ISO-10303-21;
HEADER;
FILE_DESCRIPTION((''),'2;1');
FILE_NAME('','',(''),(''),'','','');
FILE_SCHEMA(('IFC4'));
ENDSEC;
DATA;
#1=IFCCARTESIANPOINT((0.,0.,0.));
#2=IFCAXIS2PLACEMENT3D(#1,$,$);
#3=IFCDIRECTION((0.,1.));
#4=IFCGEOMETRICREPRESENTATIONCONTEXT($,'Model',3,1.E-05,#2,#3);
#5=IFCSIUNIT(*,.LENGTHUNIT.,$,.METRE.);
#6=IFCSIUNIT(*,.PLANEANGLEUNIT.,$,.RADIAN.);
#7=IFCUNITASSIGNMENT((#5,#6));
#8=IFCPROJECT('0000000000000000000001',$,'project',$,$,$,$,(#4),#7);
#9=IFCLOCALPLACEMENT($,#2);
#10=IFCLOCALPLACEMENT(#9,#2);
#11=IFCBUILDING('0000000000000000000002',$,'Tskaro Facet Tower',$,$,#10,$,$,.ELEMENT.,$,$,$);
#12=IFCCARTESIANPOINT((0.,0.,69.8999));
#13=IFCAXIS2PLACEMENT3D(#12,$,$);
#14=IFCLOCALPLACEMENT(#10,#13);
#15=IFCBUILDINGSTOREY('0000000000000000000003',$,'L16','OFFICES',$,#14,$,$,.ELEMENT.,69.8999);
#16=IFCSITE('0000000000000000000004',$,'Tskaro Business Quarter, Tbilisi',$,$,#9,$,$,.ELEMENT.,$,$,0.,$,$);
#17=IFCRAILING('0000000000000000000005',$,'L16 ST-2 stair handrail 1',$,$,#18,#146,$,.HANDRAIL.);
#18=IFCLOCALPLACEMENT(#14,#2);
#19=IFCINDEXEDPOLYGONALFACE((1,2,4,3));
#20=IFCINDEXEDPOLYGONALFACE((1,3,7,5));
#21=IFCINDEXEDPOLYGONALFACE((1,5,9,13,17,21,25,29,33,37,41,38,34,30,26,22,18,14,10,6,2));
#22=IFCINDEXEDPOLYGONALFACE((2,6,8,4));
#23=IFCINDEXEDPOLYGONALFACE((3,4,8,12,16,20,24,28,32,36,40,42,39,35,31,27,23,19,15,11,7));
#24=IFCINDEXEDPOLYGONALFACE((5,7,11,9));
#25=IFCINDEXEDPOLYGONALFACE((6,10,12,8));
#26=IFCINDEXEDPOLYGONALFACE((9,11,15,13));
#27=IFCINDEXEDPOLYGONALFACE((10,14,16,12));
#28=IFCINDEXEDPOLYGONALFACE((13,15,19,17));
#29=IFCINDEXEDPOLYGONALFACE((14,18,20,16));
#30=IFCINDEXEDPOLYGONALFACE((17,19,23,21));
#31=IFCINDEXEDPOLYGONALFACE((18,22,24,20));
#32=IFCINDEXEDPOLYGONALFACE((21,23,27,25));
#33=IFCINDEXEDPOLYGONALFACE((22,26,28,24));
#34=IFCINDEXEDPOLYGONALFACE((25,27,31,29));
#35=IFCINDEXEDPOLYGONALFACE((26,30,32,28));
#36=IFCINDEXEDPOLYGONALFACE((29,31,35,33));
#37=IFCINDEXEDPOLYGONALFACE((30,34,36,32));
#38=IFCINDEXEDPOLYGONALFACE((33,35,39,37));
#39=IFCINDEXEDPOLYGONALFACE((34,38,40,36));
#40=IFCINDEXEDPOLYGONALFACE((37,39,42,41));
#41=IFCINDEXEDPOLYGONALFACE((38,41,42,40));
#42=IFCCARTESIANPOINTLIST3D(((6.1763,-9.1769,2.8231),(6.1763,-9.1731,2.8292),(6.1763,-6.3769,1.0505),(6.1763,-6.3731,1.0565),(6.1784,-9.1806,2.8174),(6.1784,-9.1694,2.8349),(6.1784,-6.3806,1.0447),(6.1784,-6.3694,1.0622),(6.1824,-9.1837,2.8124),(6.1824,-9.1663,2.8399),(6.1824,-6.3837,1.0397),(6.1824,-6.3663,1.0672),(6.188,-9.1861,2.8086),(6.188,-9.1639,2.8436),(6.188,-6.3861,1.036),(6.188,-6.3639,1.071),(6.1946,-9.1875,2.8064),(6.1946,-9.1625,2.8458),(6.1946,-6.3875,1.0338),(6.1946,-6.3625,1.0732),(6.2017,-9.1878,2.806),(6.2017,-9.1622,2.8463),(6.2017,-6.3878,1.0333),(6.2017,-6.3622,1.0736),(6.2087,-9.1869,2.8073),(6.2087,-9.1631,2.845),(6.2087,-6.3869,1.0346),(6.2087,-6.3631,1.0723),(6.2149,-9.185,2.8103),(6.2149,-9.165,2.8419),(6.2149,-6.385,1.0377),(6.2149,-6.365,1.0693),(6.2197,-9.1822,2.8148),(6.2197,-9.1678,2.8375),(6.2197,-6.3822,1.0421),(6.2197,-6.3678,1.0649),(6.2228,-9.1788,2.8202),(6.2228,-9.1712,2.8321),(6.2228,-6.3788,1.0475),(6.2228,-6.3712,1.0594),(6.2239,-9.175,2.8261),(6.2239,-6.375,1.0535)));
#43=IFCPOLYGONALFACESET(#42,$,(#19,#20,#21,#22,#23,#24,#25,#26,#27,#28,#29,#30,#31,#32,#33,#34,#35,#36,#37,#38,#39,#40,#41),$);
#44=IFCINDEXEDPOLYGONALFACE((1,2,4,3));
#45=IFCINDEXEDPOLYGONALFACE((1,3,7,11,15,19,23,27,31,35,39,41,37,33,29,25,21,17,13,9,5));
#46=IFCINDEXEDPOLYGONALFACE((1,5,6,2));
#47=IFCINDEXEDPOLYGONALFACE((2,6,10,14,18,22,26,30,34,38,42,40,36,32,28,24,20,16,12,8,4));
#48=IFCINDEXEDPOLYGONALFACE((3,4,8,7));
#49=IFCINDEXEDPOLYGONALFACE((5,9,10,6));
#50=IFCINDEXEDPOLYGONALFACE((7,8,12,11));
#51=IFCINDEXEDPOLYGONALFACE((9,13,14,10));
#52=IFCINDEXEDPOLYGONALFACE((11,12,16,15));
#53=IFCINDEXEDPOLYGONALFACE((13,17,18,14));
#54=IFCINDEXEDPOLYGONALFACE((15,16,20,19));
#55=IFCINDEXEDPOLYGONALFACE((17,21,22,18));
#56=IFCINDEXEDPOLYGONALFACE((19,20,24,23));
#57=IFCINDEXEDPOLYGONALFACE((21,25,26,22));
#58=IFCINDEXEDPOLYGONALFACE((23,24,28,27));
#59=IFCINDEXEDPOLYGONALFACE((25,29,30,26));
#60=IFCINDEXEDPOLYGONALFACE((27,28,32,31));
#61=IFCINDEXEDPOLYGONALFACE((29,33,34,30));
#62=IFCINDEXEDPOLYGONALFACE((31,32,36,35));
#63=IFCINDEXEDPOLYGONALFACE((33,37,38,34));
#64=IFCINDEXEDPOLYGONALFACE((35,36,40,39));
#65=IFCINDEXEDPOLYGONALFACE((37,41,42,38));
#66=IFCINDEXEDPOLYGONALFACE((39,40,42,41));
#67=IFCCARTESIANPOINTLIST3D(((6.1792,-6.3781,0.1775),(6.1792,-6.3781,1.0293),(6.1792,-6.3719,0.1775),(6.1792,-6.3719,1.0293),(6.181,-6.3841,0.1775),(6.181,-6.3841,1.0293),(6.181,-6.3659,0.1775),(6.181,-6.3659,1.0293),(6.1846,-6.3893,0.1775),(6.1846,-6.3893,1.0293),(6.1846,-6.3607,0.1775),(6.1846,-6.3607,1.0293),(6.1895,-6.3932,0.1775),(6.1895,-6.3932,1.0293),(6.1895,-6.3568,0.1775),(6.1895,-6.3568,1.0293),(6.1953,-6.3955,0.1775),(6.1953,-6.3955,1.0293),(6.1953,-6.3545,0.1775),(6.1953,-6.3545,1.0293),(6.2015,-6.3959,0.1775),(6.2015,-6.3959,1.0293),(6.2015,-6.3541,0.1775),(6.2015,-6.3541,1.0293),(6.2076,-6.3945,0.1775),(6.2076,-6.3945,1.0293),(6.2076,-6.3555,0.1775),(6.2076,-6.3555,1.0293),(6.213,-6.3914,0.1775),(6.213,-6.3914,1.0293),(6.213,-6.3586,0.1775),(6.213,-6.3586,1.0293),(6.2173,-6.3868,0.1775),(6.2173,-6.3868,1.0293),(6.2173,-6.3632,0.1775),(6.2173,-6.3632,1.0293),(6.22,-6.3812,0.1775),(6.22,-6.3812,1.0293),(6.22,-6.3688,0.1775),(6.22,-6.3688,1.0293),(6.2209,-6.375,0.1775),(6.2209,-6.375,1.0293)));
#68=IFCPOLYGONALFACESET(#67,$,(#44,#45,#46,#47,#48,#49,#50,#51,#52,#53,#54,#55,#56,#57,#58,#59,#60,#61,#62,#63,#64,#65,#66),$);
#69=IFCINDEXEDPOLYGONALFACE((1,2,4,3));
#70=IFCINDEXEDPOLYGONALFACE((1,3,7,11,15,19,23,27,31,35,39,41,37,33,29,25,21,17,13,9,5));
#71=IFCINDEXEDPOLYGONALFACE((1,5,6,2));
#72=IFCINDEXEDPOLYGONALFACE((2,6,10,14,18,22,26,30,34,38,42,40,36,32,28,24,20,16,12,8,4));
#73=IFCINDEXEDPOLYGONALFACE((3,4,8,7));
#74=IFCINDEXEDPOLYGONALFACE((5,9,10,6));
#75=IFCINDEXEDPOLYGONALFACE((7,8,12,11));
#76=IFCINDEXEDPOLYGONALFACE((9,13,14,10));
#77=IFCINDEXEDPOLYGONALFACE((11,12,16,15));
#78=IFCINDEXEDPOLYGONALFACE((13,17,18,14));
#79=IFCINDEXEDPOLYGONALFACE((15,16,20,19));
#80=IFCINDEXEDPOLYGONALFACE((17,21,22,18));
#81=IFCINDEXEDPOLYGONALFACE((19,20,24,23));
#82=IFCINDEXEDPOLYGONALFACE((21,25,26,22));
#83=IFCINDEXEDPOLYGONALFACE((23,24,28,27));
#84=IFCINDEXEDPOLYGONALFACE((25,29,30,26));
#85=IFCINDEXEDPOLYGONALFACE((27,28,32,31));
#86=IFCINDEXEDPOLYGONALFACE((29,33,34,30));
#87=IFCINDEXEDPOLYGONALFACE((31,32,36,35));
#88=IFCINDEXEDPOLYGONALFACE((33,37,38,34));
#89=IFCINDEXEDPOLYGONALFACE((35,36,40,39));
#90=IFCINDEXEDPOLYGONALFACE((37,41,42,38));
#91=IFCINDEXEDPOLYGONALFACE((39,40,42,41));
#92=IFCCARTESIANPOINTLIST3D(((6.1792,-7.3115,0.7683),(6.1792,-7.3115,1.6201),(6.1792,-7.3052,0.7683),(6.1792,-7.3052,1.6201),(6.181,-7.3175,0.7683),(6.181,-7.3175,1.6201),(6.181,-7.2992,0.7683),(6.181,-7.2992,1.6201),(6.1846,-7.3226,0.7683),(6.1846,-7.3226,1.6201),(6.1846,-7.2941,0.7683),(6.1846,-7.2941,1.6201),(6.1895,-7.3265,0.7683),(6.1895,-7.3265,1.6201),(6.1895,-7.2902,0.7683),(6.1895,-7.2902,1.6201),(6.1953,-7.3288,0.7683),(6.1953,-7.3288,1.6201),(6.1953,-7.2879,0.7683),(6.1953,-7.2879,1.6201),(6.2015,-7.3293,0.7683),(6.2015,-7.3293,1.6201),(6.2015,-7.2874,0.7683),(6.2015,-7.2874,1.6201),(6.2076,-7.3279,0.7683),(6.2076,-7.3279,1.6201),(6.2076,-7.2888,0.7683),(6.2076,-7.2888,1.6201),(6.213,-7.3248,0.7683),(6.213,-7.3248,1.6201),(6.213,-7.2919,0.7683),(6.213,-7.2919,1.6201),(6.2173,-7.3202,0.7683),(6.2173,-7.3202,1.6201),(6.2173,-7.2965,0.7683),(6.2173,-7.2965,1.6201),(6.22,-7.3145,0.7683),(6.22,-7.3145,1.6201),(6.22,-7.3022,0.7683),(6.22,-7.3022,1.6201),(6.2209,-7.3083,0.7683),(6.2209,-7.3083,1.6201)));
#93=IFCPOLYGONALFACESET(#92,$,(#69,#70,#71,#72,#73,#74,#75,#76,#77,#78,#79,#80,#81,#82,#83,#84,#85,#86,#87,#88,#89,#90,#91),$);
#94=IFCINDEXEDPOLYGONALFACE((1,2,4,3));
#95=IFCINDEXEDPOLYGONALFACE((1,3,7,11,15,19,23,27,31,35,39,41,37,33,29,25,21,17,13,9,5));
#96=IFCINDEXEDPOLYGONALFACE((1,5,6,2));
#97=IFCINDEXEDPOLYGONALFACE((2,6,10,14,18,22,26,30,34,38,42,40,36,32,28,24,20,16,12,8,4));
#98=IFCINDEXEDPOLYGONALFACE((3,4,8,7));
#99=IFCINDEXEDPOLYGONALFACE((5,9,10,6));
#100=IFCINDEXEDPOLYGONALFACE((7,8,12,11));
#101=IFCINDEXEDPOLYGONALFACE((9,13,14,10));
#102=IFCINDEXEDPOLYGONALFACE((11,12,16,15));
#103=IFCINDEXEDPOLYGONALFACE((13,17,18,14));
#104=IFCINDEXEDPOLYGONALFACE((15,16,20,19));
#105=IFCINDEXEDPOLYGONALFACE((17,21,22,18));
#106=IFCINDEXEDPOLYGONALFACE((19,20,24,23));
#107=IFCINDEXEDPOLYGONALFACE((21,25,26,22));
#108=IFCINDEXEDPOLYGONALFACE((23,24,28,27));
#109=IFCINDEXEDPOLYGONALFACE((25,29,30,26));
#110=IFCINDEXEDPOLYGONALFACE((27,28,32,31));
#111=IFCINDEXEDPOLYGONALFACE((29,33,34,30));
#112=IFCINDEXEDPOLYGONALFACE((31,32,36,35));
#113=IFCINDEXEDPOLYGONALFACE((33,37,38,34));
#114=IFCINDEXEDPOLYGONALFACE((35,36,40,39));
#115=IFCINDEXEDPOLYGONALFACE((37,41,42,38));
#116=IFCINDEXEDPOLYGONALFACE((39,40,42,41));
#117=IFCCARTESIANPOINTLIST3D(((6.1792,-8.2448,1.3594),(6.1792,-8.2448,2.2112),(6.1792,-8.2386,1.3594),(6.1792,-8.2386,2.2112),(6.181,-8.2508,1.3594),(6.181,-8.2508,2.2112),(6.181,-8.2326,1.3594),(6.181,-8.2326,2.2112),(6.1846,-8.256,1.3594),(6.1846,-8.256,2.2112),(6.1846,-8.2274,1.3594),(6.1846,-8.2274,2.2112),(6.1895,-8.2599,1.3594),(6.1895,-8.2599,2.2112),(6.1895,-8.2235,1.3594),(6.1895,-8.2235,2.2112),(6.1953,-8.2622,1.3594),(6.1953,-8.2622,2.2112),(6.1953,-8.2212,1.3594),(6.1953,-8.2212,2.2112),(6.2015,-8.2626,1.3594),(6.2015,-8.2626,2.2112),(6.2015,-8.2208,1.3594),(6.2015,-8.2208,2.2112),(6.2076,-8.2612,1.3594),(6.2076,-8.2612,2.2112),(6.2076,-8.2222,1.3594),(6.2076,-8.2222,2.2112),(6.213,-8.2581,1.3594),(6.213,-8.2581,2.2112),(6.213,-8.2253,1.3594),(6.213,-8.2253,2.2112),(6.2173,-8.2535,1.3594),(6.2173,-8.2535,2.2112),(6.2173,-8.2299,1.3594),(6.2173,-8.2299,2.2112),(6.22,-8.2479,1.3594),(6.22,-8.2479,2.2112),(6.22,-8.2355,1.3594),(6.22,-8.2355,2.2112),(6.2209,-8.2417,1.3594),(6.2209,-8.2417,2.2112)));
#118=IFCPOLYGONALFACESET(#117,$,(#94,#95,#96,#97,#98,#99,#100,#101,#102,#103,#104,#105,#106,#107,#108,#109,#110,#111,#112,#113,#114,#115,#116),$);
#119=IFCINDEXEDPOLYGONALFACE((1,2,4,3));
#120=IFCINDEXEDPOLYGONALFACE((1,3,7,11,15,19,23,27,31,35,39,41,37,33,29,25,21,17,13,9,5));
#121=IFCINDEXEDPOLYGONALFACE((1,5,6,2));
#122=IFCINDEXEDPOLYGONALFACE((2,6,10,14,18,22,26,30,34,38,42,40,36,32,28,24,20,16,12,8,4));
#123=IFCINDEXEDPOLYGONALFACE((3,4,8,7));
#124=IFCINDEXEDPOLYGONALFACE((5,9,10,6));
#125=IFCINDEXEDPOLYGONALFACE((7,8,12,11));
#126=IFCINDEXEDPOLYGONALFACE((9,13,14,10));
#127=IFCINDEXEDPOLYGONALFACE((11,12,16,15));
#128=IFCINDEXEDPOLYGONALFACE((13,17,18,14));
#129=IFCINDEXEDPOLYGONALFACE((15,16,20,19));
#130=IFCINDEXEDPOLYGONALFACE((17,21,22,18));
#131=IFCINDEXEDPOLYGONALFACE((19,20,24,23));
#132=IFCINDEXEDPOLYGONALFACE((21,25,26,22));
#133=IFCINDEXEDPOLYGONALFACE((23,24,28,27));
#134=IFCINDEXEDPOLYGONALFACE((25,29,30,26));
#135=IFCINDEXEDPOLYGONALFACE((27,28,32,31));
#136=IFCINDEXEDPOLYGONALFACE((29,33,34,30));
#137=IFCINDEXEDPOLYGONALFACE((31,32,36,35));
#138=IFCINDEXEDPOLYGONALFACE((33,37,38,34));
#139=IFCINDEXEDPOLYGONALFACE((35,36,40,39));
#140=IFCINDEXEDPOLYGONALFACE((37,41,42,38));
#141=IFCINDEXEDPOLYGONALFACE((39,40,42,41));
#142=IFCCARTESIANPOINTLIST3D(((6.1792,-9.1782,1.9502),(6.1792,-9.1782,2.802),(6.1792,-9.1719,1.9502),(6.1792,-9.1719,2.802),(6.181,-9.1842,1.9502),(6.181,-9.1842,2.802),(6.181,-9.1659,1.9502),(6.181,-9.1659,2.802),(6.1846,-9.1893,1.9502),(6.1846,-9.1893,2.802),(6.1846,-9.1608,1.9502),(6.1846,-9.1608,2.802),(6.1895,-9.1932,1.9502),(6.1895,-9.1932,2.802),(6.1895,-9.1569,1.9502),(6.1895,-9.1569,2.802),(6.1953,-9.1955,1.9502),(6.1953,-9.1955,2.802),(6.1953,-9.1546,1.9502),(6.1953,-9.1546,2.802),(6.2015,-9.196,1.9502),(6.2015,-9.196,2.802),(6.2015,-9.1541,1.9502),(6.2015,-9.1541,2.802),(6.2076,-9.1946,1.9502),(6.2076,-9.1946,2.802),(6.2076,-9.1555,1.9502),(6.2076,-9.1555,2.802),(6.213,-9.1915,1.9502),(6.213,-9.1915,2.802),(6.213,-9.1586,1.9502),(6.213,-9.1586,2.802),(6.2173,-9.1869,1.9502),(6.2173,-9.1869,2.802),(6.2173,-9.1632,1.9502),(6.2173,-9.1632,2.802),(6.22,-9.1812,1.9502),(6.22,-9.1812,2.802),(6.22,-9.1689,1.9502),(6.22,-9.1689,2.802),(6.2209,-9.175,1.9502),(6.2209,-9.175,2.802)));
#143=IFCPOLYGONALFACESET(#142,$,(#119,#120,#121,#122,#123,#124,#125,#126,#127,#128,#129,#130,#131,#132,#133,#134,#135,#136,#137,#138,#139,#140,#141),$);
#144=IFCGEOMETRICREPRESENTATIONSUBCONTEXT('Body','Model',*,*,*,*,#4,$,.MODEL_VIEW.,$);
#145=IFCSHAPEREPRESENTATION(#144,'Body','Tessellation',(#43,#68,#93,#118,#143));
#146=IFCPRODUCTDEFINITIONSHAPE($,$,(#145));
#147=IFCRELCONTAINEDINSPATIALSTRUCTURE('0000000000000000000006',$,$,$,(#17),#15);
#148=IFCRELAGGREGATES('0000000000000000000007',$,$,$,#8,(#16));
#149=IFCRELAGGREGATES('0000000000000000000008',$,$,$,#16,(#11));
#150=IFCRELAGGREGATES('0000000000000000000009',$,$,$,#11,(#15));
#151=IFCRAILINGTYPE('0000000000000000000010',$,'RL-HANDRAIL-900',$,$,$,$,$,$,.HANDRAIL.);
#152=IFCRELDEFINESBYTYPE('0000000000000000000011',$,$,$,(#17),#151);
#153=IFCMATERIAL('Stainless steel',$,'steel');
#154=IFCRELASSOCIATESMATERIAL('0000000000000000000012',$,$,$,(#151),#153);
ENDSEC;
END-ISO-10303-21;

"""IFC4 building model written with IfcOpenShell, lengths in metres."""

from ifc_helpers import new_model, si_unit, direction, frame, origin, origin_2d, place, context, subcontext, project, spatial, circle, extrude, material, type_object, element, save


model = new_model("IFC4")

# Units and contexts
model_context = context("Model", 3, precision=1e-05, world=origin(), true_north=direction((0.0, 1.0)))
body_context = subcontext(model_context, "Body", "Model", "MODEL_VIEW")
ifc_project = project(units=[si_unit("LENGTHUNIT", "METRE"), si_unit("PLANEANGLEUNIT", "RADIAN")], contexts=[model_context])

# Site, building, storey
site_placement = place(None, origin())
site = spatial("IfcSite", under=ifc_project, at=site_placement, Name="Tskaro Business Quarter, Tbilisi", CompositionType="ELEMENT", RefElevation=0.0)
building_placement = place(site_placement, origin())
building = spatial("IfcBuilding", under=site, at=building_placement, Name="Tskaro Facet Tower", CompositionType="ELEMENT")
storey_placement = place(building_placement, frame((0.0, 0.0, 69.8999)))
storey = spatial("IfcBuildingStorey", under=building, at=storey_placement, Name="L16", Description="OFFICES", CompositionType="ELEMENT", Elevation=69.8999)

# Railing
ifc_material_1 = material(Name="Stainless steel", Category="steel")
railing_type_1 = type_object("IfcRailingType", Name="RL-HANDRAIL-900", PredefinedType="HANDRAIL", material=ifc_material_1)
railing_1_placement = place(storey_placement, frame((6.2, -6.375, 0.1775)))
element("IfcRailing", 1, at=railing_1_placement, inside=storey, type_object=railing_type_1, Name="L16 ST-2 stair handrail 1", PredefinedType="HANDRAIL", context=body_context, shape_type="SweptSolid", body=[
    extrude(circle(Radius=0.0239, at=origin_2d()), frame((0.0, 0.0, 0.876), z_axis=(0.0, -0.844909, 0.53491), x_axis=(1.0, 0.0, 0.0)), (0.0, 0.0, 1.0), 3.314),
    extrude(circle(Radius=0.021, at=origin_2d()), origin(), (0.0, 0.0, 1.0), 0.8518),
    extrude(circle(Radius=0.021, at=origin_2d()), frame((0.0, -0.9333, 0.5908)), (0.0, 0.0, 1.0), 0.8518),
    extrude(circle(Radius=0.021, at=origin_2d()), frame((0.0, -1.8667, 1.1819)), (0.0, 0.0, 1.0), 0.8518),
    extrude(circle(Radius=0.021, at=origin_2d()), frame((0.0, -2.8, 1.7727)), (0.0, 0.0, 1.0), 0.8518),
])

save(model, "model.ifc")
